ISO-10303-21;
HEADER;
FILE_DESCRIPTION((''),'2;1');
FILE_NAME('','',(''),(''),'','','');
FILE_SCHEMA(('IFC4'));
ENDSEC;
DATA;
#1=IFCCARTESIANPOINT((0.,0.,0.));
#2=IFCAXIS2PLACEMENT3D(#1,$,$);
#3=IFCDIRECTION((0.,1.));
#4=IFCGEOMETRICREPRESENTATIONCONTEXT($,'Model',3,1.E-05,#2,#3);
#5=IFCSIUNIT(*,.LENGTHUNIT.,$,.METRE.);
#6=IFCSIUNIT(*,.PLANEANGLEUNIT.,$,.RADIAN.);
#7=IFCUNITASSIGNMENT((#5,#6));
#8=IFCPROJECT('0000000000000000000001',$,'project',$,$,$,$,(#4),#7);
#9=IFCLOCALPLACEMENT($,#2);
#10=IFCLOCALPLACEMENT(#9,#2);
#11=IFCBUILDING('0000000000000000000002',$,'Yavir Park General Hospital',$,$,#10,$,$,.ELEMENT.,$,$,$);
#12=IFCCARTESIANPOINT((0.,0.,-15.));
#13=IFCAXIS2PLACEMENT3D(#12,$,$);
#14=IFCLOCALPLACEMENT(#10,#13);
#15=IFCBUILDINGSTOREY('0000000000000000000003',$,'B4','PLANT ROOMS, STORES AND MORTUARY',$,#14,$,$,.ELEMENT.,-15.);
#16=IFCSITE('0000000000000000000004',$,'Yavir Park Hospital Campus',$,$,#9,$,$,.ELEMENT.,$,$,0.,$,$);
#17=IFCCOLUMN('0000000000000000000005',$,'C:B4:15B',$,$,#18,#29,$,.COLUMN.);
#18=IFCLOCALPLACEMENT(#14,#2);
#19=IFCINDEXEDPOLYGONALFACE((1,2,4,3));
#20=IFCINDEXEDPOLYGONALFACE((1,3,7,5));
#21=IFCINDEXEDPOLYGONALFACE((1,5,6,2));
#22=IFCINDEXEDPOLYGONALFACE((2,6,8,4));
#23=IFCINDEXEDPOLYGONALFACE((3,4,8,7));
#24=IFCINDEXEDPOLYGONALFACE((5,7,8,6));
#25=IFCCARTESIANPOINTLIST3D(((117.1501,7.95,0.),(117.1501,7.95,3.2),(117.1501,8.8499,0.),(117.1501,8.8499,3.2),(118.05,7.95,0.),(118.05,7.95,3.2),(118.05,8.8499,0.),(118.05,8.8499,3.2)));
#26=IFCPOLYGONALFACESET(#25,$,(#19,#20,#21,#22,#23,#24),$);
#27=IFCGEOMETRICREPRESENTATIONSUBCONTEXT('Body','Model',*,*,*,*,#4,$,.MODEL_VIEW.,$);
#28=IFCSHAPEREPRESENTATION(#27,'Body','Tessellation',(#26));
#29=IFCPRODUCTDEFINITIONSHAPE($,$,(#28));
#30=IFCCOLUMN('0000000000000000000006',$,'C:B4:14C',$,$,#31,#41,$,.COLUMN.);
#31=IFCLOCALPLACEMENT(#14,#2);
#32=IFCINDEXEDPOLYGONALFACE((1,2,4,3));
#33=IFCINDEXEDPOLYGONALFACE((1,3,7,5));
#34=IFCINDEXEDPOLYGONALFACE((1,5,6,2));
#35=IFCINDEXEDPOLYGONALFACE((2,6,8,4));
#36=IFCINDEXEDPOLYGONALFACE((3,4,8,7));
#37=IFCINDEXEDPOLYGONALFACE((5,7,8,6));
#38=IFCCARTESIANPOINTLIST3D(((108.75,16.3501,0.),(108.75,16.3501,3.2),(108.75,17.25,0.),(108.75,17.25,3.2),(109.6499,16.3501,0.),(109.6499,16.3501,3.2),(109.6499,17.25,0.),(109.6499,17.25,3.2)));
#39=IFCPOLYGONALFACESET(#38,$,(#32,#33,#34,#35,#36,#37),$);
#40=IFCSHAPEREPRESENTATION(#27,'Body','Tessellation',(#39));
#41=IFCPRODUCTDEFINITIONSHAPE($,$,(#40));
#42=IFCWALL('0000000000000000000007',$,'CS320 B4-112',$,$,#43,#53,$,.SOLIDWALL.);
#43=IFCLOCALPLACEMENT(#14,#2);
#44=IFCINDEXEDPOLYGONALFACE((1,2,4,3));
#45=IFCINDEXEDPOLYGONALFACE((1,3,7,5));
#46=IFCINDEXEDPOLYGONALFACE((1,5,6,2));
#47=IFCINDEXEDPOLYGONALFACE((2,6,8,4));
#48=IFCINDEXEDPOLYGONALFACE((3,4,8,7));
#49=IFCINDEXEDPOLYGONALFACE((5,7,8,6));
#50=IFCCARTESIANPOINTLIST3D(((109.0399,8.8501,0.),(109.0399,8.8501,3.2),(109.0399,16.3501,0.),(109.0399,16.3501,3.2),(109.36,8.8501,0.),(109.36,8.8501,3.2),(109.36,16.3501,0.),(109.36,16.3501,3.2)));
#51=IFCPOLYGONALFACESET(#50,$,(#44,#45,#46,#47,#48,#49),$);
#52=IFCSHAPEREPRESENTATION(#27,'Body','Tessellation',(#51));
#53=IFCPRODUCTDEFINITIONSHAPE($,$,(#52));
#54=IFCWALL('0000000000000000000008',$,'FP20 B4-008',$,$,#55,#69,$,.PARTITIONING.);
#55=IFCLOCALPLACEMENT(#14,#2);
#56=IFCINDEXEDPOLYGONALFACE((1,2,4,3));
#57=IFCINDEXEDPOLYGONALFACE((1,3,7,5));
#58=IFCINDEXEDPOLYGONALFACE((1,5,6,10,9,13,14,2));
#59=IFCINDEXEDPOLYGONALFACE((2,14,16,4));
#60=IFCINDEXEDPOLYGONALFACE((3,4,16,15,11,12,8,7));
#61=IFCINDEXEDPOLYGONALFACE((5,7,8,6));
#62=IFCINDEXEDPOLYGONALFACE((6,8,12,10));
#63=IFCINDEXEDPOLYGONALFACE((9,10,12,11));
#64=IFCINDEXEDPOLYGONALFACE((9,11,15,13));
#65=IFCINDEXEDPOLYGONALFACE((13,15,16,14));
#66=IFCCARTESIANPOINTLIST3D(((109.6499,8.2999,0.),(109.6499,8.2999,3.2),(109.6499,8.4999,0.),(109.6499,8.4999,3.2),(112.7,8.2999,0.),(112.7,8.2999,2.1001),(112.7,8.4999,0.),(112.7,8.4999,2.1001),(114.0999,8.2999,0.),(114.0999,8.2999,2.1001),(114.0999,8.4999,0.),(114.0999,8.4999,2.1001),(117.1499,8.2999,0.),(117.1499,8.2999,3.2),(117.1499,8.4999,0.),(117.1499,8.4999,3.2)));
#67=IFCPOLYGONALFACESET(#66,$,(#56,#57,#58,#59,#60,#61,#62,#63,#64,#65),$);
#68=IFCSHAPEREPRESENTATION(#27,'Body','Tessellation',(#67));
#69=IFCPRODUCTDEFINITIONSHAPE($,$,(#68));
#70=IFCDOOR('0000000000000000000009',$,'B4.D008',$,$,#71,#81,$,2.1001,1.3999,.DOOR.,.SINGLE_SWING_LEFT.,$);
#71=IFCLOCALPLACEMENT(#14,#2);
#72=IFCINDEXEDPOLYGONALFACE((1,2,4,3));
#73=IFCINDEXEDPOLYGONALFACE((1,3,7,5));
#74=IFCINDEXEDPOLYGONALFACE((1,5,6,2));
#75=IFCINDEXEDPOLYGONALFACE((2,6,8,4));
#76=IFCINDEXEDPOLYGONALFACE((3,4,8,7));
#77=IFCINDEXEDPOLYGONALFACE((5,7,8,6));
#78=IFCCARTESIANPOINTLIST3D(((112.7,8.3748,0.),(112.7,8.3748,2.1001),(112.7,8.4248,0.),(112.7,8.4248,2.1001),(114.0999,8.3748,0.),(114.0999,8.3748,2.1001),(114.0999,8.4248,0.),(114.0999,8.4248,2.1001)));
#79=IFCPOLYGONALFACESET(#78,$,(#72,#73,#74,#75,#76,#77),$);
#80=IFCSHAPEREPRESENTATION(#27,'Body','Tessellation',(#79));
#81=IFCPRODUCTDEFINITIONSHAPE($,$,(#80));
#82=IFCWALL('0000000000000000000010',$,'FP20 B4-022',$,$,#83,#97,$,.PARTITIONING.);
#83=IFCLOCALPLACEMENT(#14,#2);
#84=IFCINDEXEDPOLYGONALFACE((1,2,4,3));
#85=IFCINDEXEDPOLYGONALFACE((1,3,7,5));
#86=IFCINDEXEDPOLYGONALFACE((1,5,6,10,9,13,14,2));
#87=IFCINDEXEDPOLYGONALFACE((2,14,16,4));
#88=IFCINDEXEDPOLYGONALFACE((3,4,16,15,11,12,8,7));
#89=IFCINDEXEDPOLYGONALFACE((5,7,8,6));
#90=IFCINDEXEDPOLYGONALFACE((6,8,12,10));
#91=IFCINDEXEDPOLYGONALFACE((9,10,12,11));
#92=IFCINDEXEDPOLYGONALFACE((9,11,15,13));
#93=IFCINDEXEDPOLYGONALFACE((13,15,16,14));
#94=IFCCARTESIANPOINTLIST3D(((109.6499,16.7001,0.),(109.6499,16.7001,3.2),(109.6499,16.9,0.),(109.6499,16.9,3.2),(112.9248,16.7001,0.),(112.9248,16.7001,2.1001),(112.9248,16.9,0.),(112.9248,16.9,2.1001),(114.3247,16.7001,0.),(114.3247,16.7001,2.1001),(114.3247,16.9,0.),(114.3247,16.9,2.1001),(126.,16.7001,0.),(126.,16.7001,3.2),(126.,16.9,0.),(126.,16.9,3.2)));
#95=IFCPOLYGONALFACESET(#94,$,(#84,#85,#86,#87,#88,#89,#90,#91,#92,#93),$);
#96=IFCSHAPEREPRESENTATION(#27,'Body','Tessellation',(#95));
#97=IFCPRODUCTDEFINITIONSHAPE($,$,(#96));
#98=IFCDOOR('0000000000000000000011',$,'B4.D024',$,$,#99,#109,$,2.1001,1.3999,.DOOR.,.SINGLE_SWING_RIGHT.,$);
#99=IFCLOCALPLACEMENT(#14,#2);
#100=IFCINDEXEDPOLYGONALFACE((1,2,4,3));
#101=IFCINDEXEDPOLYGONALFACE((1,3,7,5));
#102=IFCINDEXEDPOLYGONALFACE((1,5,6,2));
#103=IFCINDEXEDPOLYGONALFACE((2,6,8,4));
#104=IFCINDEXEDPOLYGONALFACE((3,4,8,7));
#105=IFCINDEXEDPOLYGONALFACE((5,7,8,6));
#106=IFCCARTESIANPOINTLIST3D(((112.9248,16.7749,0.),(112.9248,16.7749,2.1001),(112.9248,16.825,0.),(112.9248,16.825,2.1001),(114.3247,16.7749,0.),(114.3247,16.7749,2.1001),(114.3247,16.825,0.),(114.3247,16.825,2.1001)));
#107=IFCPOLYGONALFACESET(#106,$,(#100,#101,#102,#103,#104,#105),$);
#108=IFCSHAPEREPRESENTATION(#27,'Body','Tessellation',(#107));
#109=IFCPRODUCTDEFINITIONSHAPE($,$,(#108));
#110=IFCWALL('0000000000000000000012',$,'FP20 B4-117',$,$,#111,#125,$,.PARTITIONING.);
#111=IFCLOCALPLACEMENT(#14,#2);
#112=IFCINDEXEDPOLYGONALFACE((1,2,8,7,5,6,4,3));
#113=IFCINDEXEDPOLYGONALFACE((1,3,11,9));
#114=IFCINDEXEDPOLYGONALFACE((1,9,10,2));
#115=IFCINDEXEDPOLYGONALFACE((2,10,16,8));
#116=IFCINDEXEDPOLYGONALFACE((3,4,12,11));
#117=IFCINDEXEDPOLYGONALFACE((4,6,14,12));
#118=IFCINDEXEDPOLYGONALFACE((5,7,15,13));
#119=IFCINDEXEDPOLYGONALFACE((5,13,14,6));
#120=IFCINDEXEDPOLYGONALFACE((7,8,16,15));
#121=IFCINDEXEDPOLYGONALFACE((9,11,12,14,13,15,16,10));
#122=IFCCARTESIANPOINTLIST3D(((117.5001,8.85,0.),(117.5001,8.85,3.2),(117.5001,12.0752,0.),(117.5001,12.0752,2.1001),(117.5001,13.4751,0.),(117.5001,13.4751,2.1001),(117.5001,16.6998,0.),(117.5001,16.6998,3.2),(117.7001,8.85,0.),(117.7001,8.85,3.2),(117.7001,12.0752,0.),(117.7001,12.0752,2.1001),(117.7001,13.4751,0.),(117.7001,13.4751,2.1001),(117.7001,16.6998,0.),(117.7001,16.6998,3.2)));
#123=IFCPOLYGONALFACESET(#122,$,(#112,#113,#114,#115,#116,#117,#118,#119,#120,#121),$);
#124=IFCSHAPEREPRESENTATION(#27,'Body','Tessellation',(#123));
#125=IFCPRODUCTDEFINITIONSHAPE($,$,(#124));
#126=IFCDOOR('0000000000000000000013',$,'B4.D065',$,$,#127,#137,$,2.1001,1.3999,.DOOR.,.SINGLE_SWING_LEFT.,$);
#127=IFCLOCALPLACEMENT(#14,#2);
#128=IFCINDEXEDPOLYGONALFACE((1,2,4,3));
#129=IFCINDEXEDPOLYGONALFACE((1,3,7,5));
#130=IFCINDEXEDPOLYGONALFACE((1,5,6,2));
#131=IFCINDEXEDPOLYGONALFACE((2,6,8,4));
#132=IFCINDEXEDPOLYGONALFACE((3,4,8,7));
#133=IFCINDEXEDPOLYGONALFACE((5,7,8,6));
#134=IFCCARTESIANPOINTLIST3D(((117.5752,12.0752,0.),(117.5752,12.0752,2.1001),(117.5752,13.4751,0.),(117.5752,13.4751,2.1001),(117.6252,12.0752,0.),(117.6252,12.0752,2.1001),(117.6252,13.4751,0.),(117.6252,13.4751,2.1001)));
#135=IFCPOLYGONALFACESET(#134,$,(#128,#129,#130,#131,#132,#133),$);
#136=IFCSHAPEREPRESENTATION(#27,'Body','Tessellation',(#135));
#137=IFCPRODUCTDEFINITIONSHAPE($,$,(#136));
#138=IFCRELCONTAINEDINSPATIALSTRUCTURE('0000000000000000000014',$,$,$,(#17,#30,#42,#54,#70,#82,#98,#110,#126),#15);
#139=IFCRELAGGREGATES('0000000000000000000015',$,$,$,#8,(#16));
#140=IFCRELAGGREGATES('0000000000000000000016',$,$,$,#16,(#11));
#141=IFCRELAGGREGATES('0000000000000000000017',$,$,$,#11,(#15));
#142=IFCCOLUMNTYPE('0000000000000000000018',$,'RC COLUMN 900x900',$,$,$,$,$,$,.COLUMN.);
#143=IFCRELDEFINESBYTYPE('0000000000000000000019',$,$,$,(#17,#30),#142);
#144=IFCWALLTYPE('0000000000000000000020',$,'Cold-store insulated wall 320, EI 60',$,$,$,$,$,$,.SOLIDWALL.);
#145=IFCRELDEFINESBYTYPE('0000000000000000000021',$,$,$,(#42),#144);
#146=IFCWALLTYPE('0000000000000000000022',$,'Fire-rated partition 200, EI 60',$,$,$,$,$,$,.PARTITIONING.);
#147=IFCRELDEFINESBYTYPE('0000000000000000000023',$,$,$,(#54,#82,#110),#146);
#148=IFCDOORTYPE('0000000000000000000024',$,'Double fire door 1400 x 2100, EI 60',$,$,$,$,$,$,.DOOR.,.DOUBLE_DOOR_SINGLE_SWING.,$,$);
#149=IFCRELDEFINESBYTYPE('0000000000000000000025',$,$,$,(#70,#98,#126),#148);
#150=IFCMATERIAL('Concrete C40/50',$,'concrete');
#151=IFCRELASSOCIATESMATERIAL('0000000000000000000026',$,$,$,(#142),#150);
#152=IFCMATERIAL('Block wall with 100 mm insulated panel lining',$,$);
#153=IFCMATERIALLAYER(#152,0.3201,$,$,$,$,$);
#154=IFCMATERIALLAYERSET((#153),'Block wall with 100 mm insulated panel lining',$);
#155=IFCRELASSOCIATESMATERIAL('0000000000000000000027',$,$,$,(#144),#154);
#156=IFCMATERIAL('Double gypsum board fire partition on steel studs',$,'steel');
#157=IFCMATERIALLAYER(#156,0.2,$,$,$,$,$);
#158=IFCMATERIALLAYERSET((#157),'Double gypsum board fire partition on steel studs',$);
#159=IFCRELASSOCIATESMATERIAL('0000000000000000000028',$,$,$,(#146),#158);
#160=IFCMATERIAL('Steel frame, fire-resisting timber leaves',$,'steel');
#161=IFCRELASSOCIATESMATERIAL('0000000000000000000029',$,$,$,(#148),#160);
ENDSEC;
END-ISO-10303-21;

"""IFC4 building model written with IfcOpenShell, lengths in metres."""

from ifc_helpers import new_model, si_unit, direction, frame, frame_2d, origin, origin_2d, place, context, subcontext, project, spatial, rectangle, extrude, material, layer, layer_set, material_profile, profile_set, type_object, element, fill, save


model = new_model("IFC4")

# Units and contexts
model_context = context("Model", 3, precision=1e-05, world=origin(), true_north=direction((0.0, 1.0)))
body_context = subcontext(model_context, "Body", "Model", "MODEL_VIEW")
ifc_project = project(units=[si_unit("LENGTHUNIT", "METRE"), si_unit("PLANEANGLEUNIT", "RADIAN")], contexts=[model_context])

# Site, building, storey
site_placement = place(None, origin())
site = spatial("IfcSite", under=ifc_project, at=site_placement, Name="Yavir Park Hospital Campus", CompositionType="ELEMENT", RefElevation=0.0)
building_placement = place(site_placement, origin())
building = spatial("IfcBuilding", under=site, at=building_placement, Name="Yavir Park General Hospital", CompositionType="ELEMENT")
storey_placement = place(building_placement, frame((0.0, 0.0, -15.0)))
storey = spatial("IfcBuildingStorey", under=building, at=storey_placement, Name="B4", Description="PLANT ROOMS, STORES AND MORTUARY", CompositionType="ELEMENT", Elevation=-15.0)

# Columns
ifc_material_1 = material(Name="Concrete C40/50", Category="concrete")
ifc_material_profile_1 = material_profile(ifc_material_1, rectangle(XDim=0.8999, YDim=0.8999, at=origin_2d()), Name="RC900x900")
ifc_profile_set_1 = profile_set([ifc_material_profile_1], Name="Concrete C40/50")
column_type = type_object("IfcColumnType", Name="RC COLUMN 900x900", PredefinedType="COLUMN", material=ifc_profile_set_1)
for number, where, z_axis, x_axis, name in (
    (1, (117.6001, 8.3999, 0.0), (0.0, 0.0, 1.0), (1.0, 0.0, 0.0), "C:B4:15B"),
    (2, (109.2, 16.8, 0.0), (0.0, 0.0, 1.0), (1.0, 0.0, 0.0), "C:B4:14C"),
):
    element("IfcColumn", number, at=place(storey_placement, frame(where, z_axis=z_axis, x_axis=x_axis)), inside=storey, type_object=column_type, Name=name, PredefinedType="COLUMN", context=body_context, shape_type="SweptSolid", body=[
        extrude(rectangle(XDim=0.8999, YDim=0.8999, at=origin_2d()), origin(), (0.0, 0.0, 1.0), 3.2),
    ])

# Wall
ifc_material_2 = material(Name="Block wall with 100 mm insulated panel lining")
ifc_layer_1 = layer(ifc_material_2, 0.3201)
ifc_layer_set_1 = layer_set([ifc_layer_1], Name="Block wall with 100 mm insulated panel lining")
wall_type_1 = type_object("IfcWallType", Name="Cold-store insulated wall 320, EI 60", PredefinedType="SOLIDWALL", material=ifc_layer_set_1)
wall_1_placement = place(storey_placement, frame((109.2, 8.8501, 0.0), z_axis=(0.0, 0.0, 1.0), x_axis=(0.0, 1.0, 0.0)))
element("IfcWall", 3, at=wall_1_placement, inside=storey, type_object=wall_type_1, Name="CS320 B4-112", PredefinedType="SOLIDWALL", context=body_context, shape_type="SweptSolid", body=[
    extrude(rectangle(XDim=7.5, YDim=0.3201, at=frame_2d((3.75, 0.0))), origin(), (0.0, 0.0, 1.0), 3.2),
])

# Walls, openings, doors
ifc_material_3 = material(Name="Double gypsum board fire partition on steel studs", Category="steel")
ifc_layer_2 = layer(ifc_material_3, 0.2)
ifc_layer_set_2 = layer_set([ifc_layer_2], Name="Double gypsum board fire partition on steel studs")
wall_type_2 = type_object("IfcWallType", Name="Fire-rated partition 200, EI 60", PredefinedType="PARTITIONING", material=ifc_layer_set_2)
wall_2_placement = place(storey_placement, frame((109.6499, 8.3999, 0.0), z_axis=(0.0, 0.0, 1.0), x_axis=(1.0, 0.0, 0.0)))
wall_2 = element("IfcWall", 4, at=wall_2_placement, inside=storey, type_object=wall_type_2, Name="FP20 B4-008", PredefinedType="PARTITIONING", context=body_context, shape_type="SweptSolid", body=[
    extrude(rectangle(XDim=7.5, YDim=0.2, at=frame_2d((3.75, 0.0))), origin(), (0.0, 0.0, 1.0), 3.2),
])
opening_1_placement = place(wall_2_placement, frame((3.05, 0.0, 0.0)))
opening_1 = element("IfcOpeningElement", 5, at=opening_1_placement, cuts=wall_2, PredefinedType="OPENING", context=body_context, shape_type="SweptSolid", body=[
    extrude(rectangle(XDim=1.3999, YDim=2.1001, at=frame_2d((0.7, 1.05))), frame((0.0, 0.1099, 0.0), z_axis=(0.0, -1.0, 0.0), x_axis=(1.0, 0.0, 0.0)), (0.0, 0.0, 1.0), 0.22),
])
ifc_material_4 = material(Name="Steel frame, fire-resisting timber leaves", Category="steel")
door_type_1 = type_object("IfcDoorType", Name="Double fire door 1400 x 2100, EI 60", OperationType="DOUBLE_DOOR_SINGLE_SWING", PredefinedType="DOOR", material=ifc_material_4)
door_1_placement = place(opening_1_placement, origin())
door_1 = element("IfcDoor", 6, at=door_1_placement, inside=storey, type_object=door_type_1, Name="B4.D008", OperationType="SINGLE_SWING_LEFT", OverallHeight=2.1001, OverallWidth=1.3999, PredefinedType="DOOR", context=body_context, shape_type="SweptSolid", body=[
    extrude(rectangle(XDim=1.3999, YDim=2.1001, at=frame_2d((0.7, 1.05))), frame((0.0, 0.0249, 0.0), z_axis=(0.0, -1.0, 0.0), x_axis=(1.0, 0.0, 0.0)), (0.0, 0.0, 1.0), 0.05),
])
fill(opening_1, door_1)
wall_3_placement = place(storey_placement, frame((109.6499, 16.8, 0.0), z_axis=(0.0, 0.0, 1.0), x_axis=(1.0, 0.0, 0.0)))
wall_3 = element("IfcWall", 7, at=wall_3_placement, inside=storey, type_object=wall_type_2, Name="FP20 B4-022", PredefinedType="PARTITIONING", context=body_context, shape_type="SweptSolid", body=[
    extrude(rectangle(XDim=16.3501, YDim=0.2, at=frame_2d((8.175, 0.0))), origin(), (0.0, 0.0, 1.0), 3.2),
])
opening_2_placement = place(wall_3_placement, frame((3.2749, 0.0, 0.0)))
opening_2 = element("IfcOpeningElement", 8, at=opening_2_placement, cuts=wall_3, PredefinedType="OPENING", context=body_context, shape_type="SweptSolid", body=[
    extrude(rectangle(XDim=1.3999, YDim=2.1001, at=frame_2d((0.7, 1.05))), frame((0.0, 0.1099, 0.0), z_axis=(0.0, -1.0, 0.0), x_axis=(1.0, 0.0, 0.0)), (0.0, 0.0, 1.0), 0.22),
])
door_2_placement = place(opening_2_placement, origin())
door_2 = element("IfcDoor", 9, at=door_2_placement, inside=storey, type_object=door_type_1, Name="B4.D024", OperationType="SINGLE_SWING_RIGHT", OverallHeight=2.1001, OverallWidth=1.3999, PredefinedType="DOOR", context=body_context, shape_type="SweptSolid", body=[
    extrude(rectangle(XDim=1.3999, YDim=2.1001, at=frame_2d((0.7, 1.05))), frame((0.0, 0.0249, 0.0), z_axis=(0.0, -1.0, 0.0), x_axis=(1.0, 0.0, 0.0)), (0.0, 0.0, 1.0), 0.05),
])
fill(opening_2, door_2)
wall_4_placement = place(storey_placement, frame((117.6001, 8.8501, 0.0), z_axis=(0.0, 0.0, 1.0), x_axis=(0.0, 1.0, 0.0)))
wall_4 = element("IfcWall", 10, at=wall_4_placement, inside=storey, type_object=wall_type_2, Name="FP20 B4-117", PredefinedType="PARTITIONING", context=body_context, shape_type="SweptSolid", body=[
    extrude(rectangle(XDim=7.8499, YDim=0.2, at=frame_2d((3.9248, 0.0))), origin(), (0.0, 0.0, 1.0), 3.2),
])
opening_3_placement = place(wall_4_placement, frame((3.2251, 0.0, 0.0)))
opening_3 = element("IfcOpeningElement", 11, at=opening_3_placement, cuts=wall_4, PredefinedType="OPENING", context=body_context, shape_type="SweptSolid", body=[
    extrude(rectangle(XDim=1.3999, YDim=2.1001, at=frame_2d((0.7, 1.05))), frame((0.0, 0.1099, 0.0), z_axis=(0.0, -1.0, 0.0), x_axis=(1.0, 0.0, 0.0)), (0.0, 0.0, 1.0), 0.22),
])
door_3_placement = place(opening_3_placement, origin())
door_3 = element("IfcDoor", 12, at=door_3_placement, inside=storey, type_object=door_type_1, Name="B4.D065", OperationType="SINGLE_SWING_LEFT", OverallHeight=2.1001, OverallWidth=1.3999, PredefinedType="DOOR", context=body_context, shape_type="SweptSolid", body=[
    extrude(rectangle(XDim=1.3999, YDim=2.1001, at=frame_2d((0.7, 1.05))), frame((0.0, 0.0249, 0.0), z_axis=(0.0, -1.0, 0.0), x_axis=(1.0, 0.0, 0.0)), (0.0, 0.0, 1.0), 0.05),
])
fill(opening_3, door_3)

save(model, "model.ifc")
